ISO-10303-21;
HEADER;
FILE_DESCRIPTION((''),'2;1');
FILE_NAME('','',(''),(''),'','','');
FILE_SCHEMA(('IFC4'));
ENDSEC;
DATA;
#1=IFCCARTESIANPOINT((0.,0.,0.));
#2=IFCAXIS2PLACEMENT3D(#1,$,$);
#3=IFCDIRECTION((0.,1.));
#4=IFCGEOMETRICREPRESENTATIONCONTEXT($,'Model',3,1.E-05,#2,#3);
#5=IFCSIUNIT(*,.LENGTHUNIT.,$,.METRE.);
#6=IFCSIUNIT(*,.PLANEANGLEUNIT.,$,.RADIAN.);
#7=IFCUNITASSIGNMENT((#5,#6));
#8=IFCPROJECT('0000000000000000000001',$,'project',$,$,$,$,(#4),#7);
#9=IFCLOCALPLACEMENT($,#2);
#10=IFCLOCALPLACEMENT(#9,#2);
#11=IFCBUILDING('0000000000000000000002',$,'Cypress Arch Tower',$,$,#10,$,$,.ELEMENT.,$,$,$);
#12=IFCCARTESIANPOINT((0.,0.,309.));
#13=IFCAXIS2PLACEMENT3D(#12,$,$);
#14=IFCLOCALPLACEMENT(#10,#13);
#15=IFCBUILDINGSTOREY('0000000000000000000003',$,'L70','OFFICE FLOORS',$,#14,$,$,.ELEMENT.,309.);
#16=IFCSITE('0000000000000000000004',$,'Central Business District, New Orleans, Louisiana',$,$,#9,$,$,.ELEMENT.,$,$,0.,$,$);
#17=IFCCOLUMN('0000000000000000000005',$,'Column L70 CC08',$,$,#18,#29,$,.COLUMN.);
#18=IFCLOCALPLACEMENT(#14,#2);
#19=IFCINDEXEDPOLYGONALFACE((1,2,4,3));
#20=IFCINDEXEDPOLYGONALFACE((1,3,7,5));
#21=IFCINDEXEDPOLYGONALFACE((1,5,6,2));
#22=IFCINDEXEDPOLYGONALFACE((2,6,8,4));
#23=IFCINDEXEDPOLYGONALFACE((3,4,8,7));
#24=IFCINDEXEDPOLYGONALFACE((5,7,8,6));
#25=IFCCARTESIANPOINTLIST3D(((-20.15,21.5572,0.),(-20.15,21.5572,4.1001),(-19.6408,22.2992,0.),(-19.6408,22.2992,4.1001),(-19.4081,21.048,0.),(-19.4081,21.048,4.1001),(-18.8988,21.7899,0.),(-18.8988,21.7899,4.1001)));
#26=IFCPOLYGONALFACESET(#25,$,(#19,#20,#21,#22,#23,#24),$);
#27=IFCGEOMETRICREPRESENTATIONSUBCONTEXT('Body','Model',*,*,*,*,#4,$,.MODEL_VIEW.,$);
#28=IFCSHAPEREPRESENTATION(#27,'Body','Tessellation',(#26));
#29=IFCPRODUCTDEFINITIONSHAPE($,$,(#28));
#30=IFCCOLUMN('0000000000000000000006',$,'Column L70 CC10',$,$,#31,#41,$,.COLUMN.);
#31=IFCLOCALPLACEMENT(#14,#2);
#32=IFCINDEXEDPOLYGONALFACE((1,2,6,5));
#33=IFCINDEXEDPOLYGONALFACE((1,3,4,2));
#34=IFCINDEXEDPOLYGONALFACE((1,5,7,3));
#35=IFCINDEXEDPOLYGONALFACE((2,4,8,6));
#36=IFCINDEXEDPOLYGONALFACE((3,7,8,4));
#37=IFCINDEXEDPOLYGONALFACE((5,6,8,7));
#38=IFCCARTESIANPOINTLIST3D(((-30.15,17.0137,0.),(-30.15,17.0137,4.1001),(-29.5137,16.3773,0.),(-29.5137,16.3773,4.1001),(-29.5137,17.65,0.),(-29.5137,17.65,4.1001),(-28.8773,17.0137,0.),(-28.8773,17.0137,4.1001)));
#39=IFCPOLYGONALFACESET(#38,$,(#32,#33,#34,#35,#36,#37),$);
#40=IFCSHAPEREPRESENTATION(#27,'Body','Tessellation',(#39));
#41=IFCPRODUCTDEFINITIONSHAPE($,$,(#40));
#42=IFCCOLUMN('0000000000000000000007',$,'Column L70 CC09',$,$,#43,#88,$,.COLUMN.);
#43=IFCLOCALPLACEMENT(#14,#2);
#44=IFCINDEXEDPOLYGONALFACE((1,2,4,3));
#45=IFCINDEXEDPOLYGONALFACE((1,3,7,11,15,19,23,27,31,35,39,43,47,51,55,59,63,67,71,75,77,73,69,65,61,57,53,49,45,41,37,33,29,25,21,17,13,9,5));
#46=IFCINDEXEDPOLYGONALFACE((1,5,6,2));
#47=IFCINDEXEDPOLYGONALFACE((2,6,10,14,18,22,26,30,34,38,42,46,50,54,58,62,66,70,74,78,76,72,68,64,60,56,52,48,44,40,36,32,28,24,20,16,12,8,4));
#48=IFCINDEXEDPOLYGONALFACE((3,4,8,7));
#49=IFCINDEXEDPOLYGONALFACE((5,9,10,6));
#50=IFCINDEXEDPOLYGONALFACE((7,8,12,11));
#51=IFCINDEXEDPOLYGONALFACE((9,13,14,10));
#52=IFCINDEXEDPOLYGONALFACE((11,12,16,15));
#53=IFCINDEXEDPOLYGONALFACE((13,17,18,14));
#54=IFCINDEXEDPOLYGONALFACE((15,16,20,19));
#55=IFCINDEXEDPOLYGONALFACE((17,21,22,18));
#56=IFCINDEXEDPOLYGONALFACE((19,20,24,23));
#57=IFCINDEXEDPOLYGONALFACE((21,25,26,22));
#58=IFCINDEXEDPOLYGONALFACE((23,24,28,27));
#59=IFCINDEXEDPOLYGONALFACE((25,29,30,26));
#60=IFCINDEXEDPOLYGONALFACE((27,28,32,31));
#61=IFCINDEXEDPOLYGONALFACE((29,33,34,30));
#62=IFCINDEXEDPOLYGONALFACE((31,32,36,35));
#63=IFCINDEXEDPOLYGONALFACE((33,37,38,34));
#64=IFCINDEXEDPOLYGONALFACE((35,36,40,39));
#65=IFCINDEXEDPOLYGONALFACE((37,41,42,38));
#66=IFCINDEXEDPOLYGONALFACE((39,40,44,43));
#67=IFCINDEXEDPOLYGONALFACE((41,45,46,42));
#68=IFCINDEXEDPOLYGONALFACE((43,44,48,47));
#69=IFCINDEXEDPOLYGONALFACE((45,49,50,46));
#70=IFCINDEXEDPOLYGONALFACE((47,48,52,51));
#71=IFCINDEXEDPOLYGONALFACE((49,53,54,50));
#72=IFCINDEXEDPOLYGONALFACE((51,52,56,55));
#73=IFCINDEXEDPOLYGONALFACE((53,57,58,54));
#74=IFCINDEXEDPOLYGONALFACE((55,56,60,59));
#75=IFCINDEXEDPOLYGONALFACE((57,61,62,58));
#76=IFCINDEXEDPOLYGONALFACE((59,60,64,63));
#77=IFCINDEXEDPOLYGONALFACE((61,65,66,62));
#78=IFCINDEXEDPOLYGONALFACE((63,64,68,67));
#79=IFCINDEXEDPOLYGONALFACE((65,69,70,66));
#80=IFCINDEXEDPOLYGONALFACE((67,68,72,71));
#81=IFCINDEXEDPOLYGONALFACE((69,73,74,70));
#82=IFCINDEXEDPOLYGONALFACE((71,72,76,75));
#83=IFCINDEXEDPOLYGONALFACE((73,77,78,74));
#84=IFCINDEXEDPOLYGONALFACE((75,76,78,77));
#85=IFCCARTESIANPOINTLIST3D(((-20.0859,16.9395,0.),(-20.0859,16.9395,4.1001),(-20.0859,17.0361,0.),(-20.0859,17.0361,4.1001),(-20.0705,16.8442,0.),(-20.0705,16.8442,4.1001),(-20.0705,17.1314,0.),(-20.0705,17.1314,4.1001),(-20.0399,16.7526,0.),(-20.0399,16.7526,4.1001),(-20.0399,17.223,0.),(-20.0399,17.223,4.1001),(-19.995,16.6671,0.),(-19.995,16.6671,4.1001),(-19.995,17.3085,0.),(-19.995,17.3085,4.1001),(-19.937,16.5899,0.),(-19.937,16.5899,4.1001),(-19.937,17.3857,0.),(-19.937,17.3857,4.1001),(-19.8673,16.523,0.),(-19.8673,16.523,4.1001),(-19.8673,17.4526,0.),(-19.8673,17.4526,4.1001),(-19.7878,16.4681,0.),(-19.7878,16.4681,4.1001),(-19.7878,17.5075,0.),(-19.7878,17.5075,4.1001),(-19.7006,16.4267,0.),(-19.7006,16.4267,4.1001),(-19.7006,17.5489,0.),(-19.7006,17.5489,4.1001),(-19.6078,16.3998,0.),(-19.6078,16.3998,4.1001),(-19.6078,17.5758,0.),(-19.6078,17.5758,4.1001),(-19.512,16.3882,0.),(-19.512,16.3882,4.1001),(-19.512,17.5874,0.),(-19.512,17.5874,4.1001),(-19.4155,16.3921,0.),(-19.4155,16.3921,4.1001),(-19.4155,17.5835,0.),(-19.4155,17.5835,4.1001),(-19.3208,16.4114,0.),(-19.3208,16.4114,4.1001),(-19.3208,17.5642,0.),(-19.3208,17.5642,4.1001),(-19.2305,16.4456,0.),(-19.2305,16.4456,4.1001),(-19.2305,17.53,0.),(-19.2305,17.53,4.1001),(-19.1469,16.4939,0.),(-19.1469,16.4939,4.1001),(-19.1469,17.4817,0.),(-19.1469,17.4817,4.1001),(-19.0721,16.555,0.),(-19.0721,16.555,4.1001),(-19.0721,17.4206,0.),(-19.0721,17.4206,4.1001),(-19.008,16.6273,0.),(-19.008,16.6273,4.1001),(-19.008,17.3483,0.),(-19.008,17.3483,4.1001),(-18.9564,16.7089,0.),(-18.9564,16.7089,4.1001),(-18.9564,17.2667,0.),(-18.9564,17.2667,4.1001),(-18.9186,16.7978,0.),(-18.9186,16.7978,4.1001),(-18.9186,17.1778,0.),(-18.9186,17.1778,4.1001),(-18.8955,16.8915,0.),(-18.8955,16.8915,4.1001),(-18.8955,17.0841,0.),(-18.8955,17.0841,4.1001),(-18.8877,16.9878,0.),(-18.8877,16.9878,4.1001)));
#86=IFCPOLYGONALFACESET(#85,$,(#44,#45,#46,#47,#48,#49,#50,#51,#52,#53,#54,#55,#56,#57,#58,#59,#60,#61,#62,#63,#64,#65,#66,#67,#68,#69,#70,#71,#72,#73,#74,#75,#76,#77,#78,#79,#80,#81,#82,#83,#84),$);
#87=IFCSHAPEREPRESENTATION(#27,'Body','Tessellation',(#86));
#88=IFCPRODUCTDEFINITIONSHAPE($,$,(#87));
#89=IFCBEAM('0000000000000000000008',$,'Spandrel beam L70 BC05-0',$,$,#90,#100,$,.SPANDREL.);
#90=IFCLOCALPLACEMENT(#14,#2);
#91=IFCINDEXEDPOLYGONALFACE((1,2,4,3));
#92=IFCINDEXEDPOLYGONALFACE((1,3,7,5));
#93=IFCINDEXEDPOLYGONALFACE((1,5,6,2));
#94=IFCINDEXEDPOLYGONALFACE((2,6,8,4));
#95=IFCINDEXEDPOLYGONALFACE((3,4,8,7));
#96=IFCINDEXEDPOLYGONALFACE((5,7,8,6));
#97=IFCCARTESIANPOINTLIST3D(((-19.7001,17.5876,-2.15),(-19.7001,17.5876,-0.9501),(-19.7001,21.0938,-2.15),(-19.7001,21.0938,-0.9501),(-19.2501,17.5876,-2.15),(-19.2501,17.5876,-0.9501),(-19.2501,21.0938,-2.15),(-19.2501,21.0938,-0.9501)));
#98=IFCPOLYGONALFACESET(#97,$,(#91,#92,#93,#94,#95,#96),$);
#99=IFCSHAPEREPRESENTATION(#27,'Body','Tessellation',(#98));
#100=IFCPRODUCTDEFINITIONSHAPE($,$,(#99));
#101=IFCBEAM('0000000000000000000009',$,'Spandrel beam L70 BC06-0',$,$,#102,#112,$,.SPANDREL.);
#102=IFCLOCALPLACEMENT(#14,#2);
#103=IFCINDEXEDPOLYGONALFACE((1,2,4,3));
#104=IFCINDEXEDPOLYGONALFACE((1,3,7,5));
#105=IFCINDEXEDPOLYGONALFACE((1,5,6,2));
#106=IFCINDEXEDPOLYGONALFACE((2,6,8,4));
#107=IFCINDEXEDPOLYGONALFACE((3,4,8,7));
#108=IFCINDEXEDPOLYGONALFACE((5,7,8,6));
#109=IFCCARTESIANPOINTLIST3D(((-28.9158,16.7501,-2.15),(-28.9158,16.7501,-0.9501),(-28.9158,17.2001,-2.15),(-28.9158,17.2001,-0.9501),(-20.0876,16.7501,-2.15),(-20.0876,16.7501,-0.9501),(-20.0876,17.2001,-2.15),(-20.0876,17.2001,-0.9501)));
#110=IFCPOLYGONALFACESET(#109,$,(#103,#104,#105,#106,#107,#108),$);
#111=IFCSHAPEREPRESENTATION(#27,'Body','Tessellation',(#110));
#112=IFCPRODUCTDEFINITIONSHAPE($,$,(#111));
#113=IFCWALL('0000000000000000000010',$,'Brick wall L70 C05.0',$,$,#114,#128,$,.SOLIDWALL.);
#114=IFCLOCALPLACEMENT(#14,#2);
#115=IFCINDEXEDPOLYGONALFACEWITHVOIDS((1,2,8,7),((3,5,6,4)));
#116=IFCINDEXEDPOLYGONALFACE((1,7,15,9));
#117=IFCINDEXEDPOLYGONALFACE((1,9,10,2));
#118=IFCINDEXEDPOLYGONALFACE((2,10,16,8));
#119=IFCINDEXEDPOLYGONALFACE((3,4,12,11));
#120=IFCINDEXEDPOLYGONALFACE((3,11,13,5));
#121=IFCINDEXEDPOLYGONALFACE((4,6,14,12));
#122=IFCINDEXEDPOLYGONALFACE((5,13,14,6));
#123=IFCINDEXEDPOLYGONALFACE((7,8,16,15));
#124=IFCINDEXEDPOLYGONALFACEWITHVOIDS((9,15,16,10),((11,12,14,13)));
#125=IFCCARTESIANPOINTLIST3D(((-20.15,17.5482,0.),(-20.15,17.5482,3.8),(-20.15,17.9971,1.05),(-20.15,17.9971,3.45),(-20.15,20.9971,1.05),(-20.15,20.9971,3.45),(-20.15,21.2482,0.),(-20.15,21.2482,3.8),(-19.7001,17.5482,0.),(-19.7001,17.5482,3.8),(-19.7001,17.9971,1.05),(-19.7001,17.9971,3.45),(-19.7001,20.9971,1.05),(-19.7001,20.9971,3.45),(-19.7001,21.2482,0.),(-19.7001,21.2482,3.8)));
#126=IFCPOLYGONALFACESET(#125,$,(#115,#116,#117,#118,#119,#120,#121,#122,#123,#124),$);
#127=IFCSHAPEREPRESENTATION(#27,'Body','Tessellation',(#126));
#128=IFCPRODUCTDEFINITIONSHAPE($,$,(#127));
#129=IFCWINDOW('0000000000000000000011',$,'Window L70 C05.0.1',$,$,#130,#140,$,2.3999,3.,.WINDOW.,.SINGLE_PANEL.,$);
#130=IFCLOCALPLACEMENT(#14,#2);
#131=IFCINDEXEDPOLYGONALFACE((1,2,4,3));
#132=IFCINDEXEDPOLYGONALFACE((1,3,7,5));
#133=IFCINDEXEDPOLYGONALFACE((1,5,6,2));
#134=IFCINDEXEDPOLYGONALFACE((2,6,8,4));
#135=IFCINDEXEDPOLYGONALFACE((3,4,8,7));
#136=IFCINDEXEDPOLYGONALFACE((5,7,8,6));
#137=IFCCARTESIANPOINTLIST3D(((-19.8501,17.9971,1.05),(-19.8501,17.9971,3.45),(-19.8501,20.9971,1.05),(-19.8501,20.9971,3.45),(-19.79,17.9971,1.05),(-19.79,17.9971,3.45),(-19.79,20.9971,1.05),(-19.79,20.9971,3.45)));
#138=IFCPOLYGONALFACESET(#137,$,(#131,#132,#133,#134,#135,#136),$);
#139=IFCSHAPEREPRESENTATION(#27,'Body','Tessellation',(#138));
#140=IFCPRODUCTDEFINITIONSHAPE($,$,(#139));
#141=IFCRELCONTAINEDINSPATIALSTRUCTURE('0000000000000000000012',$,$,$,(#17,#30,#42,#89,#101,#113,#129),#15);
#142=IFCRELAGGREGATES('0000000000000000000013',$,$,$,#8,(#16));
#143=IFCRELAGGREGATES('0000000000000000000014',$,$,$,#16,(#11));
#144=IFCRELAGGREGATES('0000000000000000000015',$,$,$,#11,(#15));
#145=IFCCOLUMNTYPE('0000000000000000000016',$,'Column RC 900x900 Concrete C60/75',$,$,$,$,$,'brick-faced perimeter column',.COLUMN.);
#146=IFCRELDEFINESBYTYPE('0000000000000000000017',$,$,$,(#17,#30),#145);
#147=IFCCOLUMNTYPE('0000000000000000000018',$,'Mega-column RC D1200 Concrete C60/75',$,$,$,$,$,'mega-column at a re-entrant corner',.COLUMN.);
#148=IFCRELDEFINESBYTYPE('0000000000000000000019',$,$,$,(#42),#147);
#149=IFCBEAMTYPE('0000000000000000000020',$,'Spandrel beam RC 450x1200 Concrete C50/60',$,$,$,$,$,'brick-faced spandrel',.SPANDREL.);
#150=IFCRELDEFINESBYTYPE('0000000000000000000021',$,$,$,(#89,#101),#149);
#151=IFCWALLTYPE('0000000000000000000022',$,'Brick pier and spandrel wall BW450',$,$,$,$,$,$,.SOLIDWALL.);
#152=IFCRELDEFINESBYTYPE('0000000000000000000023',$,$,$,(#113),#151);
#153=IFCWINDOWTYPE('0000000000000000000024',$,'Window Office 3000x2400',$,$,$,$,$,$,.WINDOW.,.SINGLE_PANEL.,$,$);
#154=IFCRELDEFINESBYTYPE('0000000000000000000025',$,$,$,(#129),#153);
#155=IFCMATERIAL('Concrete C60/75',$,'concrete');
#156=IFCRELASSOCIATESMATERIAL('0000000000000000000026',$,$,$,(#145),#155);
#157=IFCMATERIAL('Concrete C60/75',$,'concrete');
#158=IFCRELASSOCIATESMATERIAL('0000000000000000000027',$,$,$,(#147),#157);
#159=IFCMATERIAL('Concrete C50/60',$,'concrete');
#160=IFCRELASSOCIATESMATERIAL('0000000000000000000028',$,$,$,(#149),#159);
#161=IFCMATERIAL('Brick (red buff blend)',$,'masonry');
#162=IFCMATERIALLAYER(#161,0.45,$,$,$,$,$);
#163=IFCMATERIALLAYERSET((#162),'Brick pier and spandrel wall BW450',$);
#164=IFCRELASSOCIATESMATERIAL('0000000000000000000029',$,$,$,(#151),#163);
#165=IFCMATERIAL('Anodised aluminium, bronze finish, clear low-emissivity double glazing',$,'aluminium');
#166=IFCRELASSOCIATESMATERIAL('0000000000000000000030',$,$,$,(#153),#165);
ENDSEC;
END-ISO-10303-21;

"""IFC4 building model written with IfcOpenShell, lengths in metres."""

from ifc_helpers import new_model, si_unit, direction, frame, frame_2d, origin, origin_2d, place, context, subcontext, project, spatial, rectangle, circle, extrude, material, layer, layer_set, material_profile, profile_set, type_object, element, fill, save


model = new_model("IFC4")

# Units and contexts
model_context = context("Model", 3, precision=1e-05, world=origin(), true_north=direction((0.0, 1.0)))
body_context = subcontext(model_context, "Body", "Model", "MODEL_VIEW")
ifc_project = project(units=[si_unit("LENGTHUNIT", "METRE"), si_unit("PLANEANGLEUNIT", "RADIAN")], contexts=[model_context])

# Site, building, storey
site_placement = place(None, origin())
site = spatial("IfcSite", under=ifc_project, at=site_placement, Name="Central Business District, New Orleans, Louisiana", CompositionType="ELEMENT", RefElevation=0.0)
building_placement = place(site_placement, origin())
building = spatial("IfcBuilding", under=site, at=building_placement, Name="Cypress Arch Tower", CompositionType="ELEMENT")
storey_placement = place(building_placement, frame((0.0, 0.0, 309.0)))
storey = spatial("IfcBuildingStorey", under=building, at=storey_placement, Name="L70", Description="OFFICE FLOORS", CompositionType="ELEMENT", Elevation=309.0)

# Columns
ifc_material_1 = material(Name="Concrete C60/75", Category="concrete")
ifc_material_profile_1 = material_profile(ifc_material_1, rectangle(XDim=0.8999, YDim=0.8999, at=origin_2d()), Name="RC 900x900")
ifc_profile_set_1 = profile_set([ifc_material_profile_1], Name="Concrete C60/75")
column_type_1 = type_object("IfcColumnType", Name="Column RC 900x900 Concrete C60/75", ElementType="brick-faced perimeter column", PredefinedType="COLUMN", material=ifc_profile_set_1)
for number, where, z_axis, x_axis, name in (
    (1, (-19.5244, 21.6736, 0.0), (0.0, 0.0, 1.0), (-0.565893, -0.824479, 0.0), "Column L70 CC08"),
    (2, (-29.5137, 17.0137, 0.0), (0.0, 0.0, 1.0), (-0.707107, -0.707107, 0.0), "Column L70 CC10"),
):
    element("IfcColumn", number, at=place(storey_placement, frame(where, z_axis=z_axis, x_axis=x_axis)), inside=storey, type_object=column_type_1, Name=name, PredefinedType="COLUMN", context=body_context, shape_type="SweptSolid", body=[
        extrude(rectangle(XDim=0.8999, YDim=0.8999, at=origin_2d()), origin(), (0.0, 0.0, 1.0), 4.1001),
    ])
ifc_material_2 = material(Name="Concrete C60/75", Category="concrete")
ifc_material_profile_2 = material_profile(ifc_material_2, circle(Radius=0.6001, at=origin_2d()), Name="RC D1200")
ifc_profile_set_2 = profile_set([ifc_material_profile_2], Name="Concrete C60/75")
column_type_2 = type_object("IfcColumnType", Name="Mega-column RC D1200 Concrete C60/75", ElementType="mega-column at a re-entrant corner", PredefinedType="COLUMN", material=ifc_profile_set_2)
column_placement = place(storey_placement, frame((-19.4878, 16.9878, 0.0), z_axis=(0.0, 0.0, 1.0), x_axis=(1.0, 0.0, 0.0)))
element("IfcColumn", 3, at=column_placement, inside=storey, type_object=column_type_2, Name="Column L70 CC09", PredefinedType="COLUMN", context=body_context, shape_type="SweptSolid", body=[
    extrude(circle(Radius=0.6001, at=origin_2d()), origin(), (0.0, 0.0, 1.0), 4.1001),
])

# Beams
ifc_material_3 = material(Name="Concrete C50/60", Category="concrete")
ifc_material_profile_3 = material_profile(ifc_material_3, rectangle(XDim=0.45, YDim=1.2, at=origin_2d()), Name="RC 450x1200")
ifc_profile_set_3 = profile_set([ifc_material_profile_3], Name="Concrete C50/60")
beam_type = type_object("IfcBeamType", Name="Spandrel beam RC 450x1200 Concrete C50/60", ElementType="brick-faced spandrel", PredefinedType="SPANDREL", material=ifc_profile_set_3)
beam_1_placement = place(storey_placement, frame((-19.4751, 21.0938, -1.55), z_axis=(0.0, -1.0, 0.0), x_axis=(1.0, 0.0, 0.0)))
element("IfcBeam", 4, at=beam_1_placement, inside=storey, type_object=beam_type, Name="Spandrel beam L70 BC05-0", PredefinedType="SPANDREL", context=body_context, shape_type="SweptSolid", body=[
    extrude(rectangle(XDim=0.45, YDim=1.2, at=origin_2d()), origin(), (0.0, 0.0, 1.0), 3.5061),
])
beam_2_placement = place(storey_placement, frame((-20.0876, 16.9751, -1.55), z_axis=(-1.0, 0.0, 0.0), x_axis=(0.0, -1.0, 0.0)))
element("IfcBeam", 5, at=beam_2_placement, inside=storey, type_object=beam_type, Name="Spandrel beam L70 BC06-0", PredefinedType="SPANDREL", context=body_context, shape_type="SweptSolid", body=[
    extrude(rectangle(XDim=0.45, YDim=1.2, at=origin_2d()), origin(), (0.0, 0.0, 1.0), 8.8281),
])

# Wall, opening, window
ifc_material_4 = material(Name="Brick (red buff blend)", Category="masonry")
ifc_layer_1 = layer(ifc_material_4, 0.45)
ifc_layer_set_1 = layer_set([ifc_layer_1], Name="Brick pier and spandrel wall BW450")
wall_type_1 = type_object("IfcWallType", Name="Brick pier and spandrel wall BW450", PredefinedType="SOLIDWALL", material=ifc_layer_set_1)
wall_1_placement = place(storey_placement, frame((-19.925, 21.2483, 0.0), z_axis=(0.0, 0.0, 1.0), x_axis=(0.0, -1.0, 0.0)))
wall_1 = element("IfcWall", 6, at=wall_1_placement, inside=storey, type_object=wall_type_1, Name="Brick wall L70 C05.0", PredefinedType="SOLIDWALL", context=body_context, shape_type="SweptSolid", body=[
    extrude(rectangle(XDim=3.7, YDim=0.45, at=frame_2d((1.8501, 0.0))), origin(), (0.0, 0.0, 1.0), 3.8),
])
opening_1_placement = place(wall_1_placement, frame((0.2512, 0.0, 1.05)))
opening_1 = element("IfcOpeningElement", 7, at=opening_1_placement, cuts=wall_1, PredefinedType="OPENING", context=body_context, shape_type="SweptSolid", body=[
    extrude(rectangle(XDim=3.0, YDim=2.3999, at=frame_2d((1.5, 1.2))), frame((0.0, 0.2349, 0.0), z_axis=(0.0, -1.0, 0.0), x_axis=(1.0, 0.0, 0.0)), (0.0, 0.0, 1.0), 0.47),
])
ifc_material_5 = material(Name="Anodised aluminium, bronze finish, clear low-emissivity double glazing", Category="aluminium")
window_type = type_object("IfcWindowType", Name="Window Office 3000x2400", PartitioningType="SINGLE_PANEL", PredefinedType="WINDOW", material=ifc_material_5)
window_1_placement = place(opening_1_placement, origin())
window_1 = element("IfcWindow", 8, at=window_1_placement, inside=storey, type_object=window_type, Name="Window L70 C05.0.1", OverallHeight=2.3999, OverallWidth=3.0, PartitioningType="SINGLE_PANEL", PredefinedType="WINDOW", context=body_context, shape_type="SweptSolid", body=[
    extrude(rectangle(XDim=3.0, YDim=2.3999, at=frame_2d((1.5, 1.2))), frame((0.0, 0.135, 0.0), z_axis=(0.0, -1.0, 0.0), x_axis=(1.0, 0.0, 0.0)), (0.0, 0.0, 1.0), 0.0601),
])
fill(opening_1, window_1)

save(model, "model.ifc")
